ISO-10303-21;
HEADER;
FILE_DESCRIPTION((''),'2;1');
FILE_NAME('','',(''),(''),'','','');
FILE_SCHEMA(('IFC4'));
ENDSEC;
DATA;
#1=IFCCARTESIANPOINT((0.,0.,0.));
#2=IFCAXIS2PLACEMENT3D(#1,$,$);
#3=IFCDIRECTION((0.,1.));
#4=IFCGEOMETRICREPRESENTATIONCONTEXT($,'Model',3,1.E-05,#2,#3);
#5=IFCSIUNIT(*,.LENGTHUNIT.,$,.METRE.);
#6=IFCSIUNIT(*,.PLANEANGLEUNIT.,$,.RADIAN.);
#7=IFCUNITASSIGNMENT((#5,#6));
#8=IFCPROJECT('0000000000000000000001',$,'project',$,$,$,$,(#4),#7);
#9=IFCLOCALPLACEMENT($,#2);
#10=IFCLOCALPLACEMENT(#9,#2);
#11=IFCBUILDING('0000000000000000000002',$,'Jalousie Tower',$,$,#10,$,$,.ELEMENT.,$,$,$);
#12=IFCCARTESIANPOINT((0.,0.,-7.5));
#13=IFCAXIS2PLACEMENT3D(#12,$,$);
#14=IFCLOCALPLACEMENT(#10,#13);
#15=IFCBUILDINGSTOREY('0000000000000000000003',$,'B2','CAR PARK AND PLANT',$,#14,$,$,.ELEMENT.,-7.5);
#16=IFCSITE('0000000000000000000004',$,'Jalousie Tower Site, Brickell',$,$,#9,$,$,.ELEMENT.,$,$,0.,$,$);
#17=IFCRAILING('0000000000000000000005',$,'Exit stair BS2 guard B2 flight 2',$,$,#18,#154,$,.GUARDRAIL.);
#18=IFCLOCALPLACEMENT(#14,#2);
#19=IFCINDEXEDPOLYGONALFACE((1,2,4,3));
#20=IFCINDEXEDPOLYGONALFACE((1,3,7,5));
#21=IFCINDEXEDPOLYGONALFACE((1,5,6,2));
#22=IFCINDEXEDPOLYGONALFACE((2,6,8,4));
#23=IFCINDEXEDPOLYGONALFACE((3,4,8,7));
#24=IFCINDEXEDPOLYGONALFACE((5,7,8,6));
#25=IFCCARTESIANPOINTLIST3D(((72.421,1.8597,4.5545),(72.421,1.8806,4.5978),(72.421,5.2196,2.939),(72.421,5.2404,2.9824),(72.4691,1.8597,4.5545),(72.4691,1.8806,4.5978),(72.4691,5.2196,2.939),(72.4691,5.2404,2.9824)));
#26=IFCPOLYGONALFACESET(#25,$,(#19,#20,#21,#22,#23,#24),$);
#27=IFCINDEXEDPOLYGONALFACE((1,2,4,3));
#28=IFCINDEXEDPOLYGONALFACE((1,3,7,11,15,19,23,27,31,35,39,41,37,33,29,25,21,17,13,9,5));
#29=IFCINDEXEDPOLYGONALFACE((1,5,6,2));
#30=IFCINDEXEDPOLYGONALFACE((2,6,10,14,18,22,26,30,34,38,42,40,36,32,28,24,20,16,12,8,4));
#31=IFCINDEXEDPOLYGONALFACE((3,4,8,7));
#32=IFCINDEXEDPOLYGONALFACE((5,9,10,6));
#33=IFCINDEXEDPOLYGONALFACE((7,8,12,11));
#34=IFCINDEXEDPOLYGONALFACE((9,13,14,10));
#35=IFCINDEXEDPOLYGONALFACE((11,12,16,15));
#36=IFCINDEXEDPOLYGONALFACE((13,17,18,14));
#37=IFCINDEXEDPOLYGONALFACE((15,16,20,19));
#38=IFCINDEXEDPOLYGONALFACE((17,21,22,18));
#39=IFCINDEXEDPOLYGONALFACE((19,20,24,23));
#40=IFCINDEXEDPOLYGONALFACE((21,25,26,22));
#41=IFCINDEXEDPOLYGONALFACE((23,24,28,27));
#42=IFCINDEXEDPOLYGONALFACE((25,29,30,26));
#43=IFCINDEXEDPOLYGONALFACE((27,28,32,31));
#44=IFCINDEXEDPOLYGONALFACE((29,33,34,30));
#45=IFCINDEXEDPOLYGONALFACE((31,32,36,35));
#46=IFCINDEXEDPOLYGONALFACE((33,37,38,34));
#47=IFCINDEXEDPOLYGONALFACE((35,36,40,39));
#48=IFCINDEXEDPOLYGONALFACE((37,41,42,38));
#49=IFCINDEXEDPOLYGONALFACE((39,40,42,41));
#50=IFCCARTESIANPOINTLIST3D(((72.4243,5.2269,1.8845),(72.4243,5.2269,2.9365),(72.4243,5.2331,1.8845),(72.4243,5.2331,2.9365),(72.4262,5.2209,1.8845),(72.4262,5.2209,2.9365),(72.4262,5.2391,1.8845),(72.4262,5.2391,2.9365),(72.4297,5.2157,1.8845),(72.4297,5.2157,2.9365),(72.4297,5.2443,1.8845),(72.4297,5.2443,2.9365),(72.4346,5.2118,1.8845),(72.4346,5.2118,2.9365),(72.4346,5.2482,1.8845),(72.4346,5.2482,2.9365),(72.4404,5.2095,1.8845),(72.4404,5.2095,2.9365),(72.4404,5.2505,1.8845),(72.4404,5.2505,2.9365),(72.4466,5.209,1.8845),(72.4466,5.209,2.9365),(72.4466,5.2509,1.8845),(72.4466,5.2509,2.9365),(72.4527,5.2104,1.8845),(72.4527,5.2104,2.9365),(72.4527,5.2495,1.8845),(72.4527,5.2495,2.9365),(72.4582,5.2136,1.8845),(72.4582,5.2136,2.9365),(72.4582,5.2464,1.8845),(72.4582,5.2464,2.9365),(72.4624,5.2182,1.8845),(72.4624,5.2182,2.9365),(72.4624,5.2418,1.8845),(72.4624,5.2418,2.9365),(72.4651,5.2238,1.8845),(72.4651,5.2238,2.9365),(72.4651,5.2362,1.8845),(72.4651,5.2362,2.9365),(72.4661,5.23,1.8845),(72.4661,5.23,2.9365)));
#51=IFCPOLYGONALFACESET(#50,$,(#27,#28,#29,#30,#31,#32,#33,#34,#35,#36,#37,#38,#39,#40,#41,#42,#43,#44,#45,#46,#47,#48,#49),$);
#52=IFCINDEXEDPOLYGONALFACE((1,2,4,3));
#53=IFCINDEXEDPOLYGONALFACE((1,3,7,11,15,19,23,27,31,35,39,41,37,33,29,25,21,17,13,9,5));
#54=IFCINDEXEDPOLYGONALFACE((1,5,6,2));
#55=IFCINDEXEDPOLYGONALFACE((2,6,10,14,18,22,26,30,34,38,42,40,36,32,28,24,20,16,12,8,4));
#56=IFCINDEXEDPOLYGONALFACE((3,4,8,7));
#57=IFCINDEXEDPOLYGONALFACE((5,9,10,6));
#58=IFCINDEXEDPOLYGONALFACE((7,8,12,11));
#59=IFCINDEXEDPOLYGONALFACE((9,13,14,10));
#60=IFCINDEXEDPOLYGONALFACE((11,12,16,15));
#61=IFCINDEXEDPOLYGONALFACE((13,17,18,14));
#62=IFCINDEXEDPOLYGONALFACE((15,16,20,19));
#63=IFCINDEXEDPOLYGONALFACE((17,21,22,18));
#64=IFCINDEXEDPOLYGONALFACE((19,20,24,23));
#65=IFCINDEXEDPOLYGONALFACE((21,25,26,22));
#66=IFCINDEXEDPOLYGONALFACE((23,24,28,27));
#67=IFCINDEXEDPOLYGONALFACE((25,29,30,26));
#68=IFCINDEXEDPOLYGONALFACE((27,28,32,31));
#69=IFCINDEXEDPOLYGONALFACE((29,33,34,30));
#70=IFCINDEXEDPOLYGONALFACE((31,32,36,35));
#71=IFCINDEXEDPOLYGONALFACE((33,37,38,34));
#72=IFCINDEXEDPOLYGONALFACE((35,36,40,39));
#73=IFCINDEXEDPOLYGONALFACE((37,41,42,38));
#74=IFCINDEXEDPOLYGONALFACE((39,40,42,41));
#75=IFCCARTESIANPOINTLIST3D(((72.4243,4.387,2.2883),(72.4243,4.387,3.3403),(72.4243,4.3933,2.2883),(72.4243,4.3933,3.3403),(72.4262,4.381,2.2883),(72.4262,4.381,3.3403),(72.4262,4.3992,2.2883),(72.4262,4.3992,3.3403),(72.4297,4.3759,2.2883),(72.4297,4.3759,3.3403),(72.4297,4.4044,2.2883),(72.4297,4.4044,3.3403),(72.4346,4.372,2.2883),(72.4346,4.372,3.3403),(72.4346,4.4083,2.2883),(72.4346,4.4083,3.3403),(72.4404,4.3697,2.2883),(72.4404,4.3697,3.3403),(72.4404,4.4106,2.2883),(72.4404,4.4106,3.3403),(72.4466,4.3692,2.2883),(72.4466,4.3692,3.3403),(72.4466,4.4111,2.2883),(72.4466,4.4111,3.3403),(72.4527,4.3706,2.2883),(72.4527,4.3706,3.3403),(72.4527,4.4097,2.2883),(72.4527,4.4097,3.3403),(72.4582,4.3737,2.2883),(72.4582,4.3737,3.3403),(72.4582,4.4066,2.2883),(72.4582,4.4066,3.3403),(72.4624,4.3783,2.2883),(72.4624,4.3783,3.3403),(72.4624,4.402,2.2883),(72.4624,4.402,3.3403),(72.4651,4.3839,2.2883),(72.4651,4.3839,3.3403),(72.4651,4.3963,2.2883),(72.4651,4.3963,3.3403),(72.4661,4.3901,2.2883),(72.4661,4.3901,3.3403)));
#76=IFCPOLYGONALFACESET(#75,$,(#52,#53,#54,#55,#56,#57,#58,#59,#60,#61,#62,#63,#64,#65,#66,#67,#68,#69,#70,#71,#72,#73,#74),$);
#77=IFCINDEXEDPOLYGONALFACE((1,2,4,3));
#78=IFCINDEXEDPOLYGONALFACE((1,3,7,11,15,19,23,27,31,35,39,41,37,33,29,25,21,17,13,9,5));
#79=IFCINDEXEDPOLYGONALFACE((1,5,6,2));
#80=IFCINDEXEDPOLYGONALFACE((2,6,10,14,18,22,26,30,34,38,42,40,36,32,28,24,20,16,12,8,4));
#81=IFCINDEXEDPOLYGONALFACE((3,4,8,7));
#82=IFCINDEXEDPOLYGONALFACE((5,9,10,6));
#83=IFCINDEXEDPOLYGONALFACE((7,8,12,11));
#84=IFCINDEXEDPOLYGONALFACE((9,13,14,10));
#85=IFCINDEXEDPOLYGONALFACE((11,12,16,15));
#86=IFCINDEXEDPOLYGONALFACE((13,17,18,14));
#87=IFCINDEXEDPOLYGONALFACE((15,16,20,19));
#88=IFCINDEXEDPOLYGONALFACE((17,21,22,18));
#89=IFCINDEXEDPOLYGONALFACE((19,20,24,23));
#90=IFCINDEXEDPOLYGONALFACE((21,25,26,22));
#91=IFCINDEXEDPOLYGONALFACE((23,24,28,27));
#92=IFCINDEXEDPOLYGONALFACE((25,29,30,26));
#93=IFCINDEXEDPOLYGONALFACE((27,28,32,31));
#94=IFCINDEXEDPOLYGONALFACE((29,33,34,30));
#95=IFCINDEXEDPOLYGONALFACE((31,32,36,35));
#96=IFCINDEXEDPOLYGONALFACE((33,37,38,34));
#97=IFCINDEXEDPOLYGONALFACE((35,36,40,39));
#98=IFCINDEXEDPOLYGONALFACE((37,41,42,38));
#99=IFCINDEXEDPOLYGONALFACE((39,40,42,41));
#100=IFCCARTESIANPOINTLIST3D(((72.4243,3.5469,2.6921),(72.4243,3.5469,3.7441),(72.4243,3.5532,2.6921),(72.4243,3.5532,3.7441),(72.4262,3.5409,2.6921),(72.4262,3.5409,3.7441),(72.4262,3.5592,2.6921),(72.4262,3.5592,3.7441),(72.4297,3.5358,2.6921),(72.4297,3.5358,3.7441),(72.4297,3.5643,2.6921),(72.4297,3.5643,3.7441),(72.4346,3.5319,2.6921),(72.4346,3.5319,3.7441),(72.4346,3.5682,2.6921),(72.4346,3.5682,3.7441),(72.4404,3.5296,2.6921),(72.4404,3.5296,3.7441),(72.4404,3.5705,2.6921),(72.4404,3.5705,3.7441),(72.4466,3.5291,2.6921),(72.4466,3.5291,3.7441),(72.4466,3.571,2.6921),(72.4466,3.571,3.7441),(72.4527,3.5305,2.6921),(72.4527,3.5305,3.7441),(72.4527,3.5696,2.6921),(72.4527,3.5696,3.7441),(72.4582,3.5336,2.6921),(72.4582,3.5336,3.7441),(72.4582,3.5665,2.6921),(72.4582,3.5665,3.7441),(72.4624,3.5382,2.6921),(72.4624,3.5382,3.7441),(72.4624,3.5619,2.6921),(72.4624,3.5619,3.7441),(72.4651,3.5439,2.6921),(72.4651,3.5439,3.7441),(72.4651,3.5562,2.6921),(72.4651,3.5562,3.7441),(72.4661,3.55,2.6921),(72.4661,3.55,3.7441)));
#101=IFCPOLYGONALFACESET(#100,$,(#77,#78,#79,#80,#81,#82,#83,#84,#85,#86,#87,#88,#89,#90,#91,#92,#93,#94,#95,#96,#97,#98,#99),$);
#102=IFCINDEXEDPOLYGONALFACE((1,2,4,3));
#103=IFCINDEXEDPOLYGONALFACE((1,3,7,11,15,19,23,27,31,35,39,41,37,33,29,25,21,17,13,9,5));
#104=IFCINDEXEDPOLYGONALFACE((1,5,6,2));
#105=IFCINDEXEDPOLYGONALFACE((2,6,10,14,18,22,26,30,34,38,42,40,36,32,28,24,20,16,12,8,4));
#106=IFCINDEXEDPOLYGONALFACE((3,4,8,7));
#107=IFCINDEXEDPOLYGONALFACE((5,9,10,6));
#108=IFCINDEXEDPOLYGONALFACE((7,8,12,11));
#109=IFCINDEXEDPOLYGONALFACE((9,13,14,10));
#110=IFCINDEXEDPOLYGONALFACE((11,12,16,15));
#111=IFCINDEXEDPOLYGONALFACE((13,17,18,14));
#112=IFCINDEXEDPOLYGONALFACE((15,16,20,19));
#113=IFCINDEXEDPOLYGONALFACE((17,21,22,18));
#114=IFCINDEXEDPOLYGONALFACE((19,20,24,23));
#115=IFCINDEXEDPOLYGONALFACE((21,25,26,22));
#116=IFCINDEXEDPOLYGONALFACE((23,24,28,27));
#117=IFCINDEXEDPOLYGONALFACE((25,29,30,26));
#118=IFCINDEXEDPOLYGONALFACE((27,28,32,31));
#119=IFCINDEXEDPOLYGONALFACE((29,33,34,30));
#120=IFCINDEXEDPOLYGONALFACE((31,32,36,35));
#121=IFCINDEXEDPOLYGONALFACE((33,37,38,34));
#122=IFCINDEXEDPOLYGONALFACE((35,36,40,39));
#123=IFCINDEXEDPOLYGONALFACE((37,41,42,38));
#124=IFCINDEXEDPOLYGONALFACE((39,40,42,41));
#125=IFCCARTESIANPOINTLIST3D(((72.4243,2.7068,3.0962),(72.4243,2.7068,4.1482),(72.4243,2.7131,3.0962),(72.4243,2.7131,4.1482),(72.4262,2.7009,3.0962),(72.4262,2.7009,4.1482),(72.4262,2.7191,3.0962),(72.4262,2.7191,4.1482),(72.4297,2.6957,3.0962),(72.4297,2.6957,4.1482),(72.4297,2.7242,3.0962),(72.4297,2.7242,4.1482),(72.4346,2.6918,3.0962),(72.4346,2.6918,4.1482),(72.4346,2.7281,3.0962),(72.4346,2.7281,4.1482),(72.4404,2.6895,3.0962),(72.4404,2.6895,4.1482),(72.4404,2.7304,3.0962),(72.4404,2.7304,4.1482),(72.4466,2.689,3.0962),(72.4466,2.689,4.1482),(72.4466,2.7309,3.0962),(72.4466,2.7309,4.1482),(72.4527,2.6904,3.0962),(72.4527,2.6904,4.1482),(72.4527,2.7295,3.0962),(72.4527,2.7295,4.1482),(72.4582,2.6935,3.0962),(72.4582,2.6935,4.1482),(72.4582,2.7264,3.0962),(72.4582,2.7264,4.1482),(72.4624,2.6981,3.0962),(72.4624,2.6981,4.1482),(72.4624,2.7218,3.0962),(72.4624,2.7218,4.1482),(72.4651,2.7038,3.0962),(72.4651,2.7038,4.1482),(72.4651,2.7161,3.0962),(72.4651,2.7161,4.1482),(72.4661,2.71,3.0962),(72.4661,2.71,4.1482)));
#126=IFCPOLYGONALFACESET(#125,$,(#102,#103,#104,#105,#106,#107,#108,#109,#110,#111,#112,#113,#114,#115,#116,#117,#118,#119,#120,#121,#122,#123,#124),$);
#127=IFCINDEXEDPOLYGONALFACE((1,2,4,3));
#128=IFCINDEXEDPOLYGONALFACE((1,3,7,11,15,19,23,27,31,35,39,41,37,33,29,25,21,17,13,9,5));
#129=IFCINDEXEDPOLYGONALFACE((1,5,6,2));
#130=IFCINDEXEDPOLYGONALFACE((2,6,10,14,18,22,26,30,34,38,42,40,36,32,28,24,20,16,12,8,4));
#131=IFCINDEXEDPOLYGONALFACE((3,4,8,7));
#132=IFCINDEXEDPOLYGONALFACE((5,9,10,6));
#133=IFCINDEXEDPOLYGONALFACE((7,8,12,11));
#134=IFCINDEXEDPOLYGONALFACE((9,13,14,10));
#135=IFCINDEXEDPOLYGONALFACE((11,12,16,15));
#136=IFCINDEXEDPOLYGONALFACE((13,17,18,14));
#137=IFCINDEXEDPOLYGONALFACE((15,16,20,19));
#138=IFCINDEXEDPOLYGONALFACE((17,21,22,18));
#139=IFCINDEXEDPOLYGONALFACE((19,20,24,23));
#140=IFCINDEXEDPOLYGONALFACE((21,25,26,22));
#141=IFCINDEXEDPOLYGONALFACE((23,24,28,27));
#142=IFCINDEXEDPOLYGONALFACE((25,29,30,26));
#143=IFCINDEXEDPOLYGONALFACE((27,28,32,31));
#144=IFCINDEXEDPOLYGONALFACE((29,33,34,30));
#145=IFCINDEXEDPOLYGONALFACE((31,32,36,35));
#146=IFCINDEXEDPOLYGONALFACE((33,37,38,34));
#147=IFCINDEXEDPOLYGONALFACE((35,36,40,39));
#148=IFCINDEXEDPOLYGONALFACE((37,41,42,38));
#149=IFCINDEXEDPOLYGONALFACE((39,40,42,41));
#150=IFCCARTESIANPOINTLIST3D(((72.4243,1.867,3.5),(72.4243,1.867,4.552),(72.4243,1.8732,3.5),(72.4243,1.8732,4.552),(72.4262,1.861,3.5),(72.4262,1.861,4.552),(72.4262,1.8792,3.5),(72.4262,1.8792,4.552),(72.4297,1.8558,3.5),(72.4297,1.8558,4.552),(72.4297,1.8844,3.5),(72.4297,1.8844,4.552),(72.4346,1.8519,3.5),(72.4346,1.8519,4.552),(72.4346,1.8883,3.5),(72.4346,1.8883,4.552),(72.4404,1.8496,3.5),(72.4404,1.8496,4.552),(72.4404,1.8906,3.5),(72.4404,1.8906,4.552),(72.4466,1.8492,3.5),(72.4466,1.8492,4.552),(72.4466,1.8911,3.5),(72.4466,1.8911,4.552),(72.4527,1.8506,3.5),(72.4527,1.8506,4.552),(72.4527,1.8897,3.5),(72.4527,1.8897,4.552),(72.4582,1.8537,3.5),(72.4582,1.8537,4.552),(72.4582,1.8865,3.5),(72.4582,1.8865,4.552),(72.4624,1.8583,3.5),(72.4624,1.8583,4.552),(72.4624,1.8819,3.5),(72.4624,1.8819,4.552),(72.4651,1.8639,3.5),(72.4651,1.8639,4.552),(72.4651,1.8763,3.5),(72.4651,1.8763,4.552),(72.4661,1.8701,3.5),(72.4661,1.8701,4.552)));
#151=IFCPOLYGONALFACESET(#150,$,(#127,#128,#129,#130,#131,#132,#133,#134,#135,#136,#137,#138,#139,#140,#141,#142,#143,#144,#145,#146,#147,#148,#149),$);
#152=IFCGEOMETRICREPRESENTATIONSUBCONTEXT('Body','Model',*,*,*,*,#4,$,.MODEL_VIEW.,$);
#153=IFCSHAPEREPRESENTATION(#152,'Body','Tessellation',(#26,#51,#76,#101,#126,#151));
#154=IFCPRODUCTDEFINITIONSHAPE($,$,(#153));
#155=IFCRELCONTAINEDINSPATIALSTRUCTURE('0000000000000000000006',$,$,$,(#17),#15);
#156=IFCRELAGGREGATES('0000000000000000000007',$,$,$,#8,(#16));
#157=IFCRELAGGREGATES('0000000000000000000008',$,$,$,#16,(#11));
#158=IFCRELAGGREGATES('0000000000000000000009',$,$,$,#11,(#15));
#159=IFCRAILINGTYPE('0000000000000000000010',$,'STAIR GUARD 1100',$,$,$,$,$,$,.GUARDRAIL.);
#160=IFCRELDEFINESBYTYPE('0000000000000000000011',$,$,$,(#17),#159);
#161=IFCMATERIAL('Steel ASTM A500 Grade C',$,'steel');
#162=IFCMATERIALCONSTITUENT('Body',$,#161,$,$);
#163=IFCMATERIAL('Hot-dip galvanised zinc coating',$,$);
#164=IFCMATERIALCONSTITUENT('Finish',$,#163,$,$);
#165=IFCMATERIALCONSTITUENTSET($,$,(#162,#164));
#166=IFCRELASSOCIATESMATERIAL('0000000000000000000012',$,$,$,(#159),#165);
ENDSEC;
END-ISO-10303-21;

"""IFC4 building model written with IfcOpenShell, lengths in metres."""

from ifc_helpers import new_model, si_unit, direction, frame, origin, origin_2d, place, context, subcontext, project, spatial, rectangle, circle, extrude, material, constituent, constituent_set, type_object, element, save


model = new_model("IFC4")

# Units and contexts
model_context = context("Model", 3, precision=1e-05, world=origin(), true_north=direction((0.0, 1.0)))
body_context = subcontext(model_context, "Body", "Model", "MODEL_VIEW")
ifc_project = project(units=[si_unit("LENGTHUNIT", "METRE"), si_unit("PLANEANGLEUNIT", "RADIAN")], contexts=[model_context])

# Site, building, storey
site_placement = place(None, origin())
site = spatial("IfcSite", under=ifc_project, at=site_placement, Name="Jalousie Tower Site, Brickell", CompositionType="ELEMENT", RefElevation=0.0)
building_placement = place(site_placement, origin())
building = spatial("IfcBuilding", under=site, at=building_placement, Name="Jalousie Tower", CompositionType="ELEMENT")
storey_placement = place(building_placement, frame((0.0, 0.0, -7.5)))
storey = spatial("IfcBuildingStorey", under=building, at=storey_placement, Name="B2", Description="CAR PARK AND PLANT", CompositionType="ELEMENT", Elevation=-7.5)

# Railing
ifc_material_1 = material(Name="Steel ASTM A500 Grade C", Category="steel")
ifc_constituent_1 = constituent(ifc_material_1, Name="Body")
ifc_material_2 = material(Name="Hot-dip galvanised zinc coating")
ifc_constituent_2 = constituent(ifc_material_2, Name="Finish")
ifc_constituent_set_1 = constituent_set(constituents=[ifc_constituent_1, ifc_constituent_2])
railing_type_1 = type_object("IfcRailingType", Name="STAIR GUARD 1100", PredefinedType="GUARDRAIL", material=ifc_constituent_set_1)
railing_1_placement = place(storey_placement, frame((72.4451, 5.23, 1.8845)))
element("IfcRailing", 1, at=railing_1_placement, inside=storey, type_object=railing_type_1, Name="Exit stair BS2 guard B2 flight 2", PredefinedType="GUARDRAIL", context=body_context, shape_type="SweptSolid", body=[
    extrude(rectangle(XDim=0.0481, YDim=0.0481, at=origin_2d()), frame((0.0, 0.0, 1.0762), z_axis=(0.0, -0.901236, 0.433329), x_axis=(1.0, 0.0, 0.0)), (0.0, 0.0, 1.0), 3.728),
    extrude(circle(Radius=0.021, at=origin_2d()), origin(), (0.0, 0.0, 1.0), 1.052),
    extrude(circle(Radius=0.021, at=origin_2d()), frame((0.0, -0.8398, 0.4038)), (0.0, 0.0, 1.0), 1.052),
    extrude(circle(Radius=0.021, at=origin_2d()), frame((0.0, -1.6799, 0.8076)), (0.0, 0.0, 1.0), 1.052),
    extrude(circle(Radius=0.021, at=origin_2d()), frame((0.0, -2.52, 1.2117)), (0.0, 0.0, 1.0), 1.052),
    extrude(circle(Radius=0.021, at=origin_2d()), frame((0.0, -3.3599, 1.6155)), (0.0, 0.0, 1.0), 1.052),
])

save(model, "model.ifc")
